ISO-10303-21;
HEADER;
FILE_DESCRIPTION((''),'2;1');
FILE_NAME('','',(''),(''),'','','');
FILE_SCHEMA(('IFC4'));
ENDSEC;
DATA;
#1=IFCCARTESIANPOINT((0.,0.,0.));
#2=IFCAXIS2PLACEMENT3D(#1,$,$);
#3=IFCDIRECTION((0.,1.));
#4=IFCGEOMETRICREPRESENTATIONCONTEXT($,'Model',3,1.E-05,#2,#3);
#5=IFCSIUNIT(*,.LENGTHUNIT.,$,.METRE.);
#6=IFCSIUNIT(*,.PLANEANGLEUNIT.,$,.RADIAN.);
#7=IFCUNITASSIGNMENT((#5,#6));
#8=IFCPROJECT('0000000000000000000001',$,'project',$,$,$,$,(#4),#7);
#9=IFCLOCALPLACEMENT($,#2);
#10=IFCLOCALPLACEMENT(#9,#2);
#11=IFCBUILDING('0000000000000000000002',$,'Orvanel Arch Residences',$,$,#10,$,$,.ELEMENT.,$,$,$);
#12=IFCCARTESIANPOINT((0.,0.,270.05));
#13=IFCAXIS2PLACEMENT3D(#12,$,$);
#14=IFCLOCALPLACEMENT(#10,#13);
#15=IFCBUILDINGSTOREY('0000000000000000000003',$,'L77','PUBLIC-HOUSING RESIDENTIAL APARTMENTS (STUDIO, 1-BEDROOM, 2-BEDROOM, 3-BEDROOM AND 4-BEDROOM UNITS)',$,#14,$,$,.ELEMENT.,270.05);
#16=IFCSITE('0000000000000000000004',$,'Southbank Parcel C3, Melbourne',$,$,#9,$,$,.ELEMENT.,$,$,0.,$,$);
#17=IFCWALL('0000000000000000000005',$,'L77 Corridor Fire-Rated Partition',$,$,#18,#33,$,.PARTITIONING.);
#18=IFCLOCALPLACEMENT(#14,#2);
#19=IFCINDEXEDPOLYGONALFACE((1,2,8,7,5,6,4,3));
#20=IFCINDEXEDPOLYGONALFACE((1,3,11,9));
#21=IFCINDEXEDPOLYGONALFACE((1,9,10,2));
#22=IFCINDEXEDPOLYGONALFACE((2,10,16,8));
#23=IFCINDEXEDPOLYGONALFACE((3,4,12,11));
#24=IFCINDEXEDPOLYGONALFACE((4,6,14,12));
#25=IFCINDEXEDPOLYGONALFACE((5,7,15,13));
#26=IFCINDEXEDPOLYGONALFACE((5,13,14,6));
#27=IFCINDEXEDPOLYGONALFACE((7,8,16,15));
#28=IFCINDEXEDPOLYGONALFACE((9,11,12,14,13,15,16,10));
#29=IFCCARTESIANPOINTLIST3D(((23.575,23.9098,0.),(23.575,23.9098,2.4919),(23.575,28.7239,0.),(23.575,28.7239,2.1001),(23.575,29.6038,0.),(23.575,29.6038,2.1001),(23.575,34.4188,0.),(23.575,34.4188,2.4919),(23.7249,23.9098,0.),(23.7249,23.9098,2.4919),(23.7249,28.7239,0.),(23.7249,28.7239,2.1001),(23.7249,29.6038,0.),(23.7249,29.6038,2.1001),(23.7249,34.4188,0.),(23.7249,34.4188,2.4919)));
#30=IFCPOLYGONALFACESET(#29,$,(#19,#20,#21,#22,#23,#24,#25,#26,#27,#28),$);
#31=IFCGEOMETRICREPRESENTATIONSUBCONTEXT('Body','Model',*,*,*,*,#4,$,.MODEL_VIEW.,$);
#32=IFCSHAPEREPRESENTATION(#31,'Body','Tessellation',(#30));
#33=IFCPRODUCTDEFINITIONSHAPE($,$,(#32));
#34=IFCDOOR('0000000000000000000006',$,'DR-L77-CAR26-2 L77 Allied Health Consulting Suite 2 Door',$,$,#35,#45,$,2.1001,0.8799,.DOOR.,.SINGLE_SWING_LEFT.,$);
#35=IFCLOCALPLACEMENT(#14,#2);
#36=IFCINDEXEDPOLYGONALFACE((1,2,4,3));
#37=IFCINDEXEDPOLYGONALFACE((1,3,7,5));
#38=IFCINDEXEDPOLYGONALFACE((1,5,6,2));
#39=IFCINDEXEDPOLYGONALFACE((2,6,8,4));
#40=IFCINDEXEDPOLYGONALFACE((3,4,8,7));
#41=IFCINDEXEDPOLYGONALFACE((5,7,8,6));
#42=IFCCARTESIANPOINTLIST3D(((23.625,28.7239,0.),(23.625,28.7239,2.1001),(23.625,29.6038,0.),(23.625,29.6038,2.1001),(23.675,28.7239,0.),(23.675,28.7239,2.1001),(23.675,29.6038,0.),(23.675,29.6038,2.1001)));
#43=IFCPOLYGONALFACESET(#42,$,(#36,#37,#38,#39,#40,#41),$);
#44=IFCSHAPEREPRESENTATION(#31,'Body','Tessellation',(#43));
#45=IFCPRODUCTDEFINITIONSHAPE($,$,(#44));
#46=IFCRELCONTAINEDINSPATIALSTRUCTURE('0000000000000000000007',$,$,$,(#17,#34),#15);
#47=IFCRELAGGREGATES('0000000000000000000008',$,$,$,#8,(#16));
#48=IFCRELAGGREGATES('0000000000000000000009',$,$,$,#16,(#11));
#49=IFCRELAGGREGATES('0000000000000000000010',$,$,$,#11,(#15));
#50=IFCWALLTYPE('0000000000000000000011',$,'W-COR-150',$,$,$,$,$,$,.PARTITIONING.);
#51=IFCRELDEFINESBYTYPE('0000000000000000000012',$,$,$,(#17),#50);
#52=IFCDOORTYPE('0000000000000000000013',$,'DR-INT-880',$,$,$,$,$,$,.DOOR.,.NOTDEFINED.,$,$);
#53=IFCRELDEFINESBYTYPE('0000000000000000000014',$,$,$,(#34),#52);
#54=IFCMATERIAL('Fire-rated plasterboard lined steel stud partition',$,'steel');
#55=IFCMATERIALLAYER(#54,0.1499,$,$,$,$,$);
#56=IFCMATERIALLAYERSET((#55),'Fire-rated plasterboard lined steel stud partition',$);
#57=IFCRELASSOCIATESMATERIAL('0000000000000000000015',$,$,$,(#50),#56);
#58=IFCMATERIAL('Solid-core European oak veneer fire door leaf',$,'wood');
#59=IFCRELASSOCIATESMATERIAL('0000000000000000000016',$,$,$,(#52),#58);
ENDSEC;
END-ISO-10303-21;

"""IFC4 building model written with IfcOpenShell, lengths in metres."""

from ifc_helpers import new_model, si_unit, direction, frame, frame_2d, origin, place, context, subcontext, project, spatial, rectangle, extrude, material, layer, layer_set, type_object, element, fill, save


model = new_model("IFC4")

# Units and contexts
model_context = context("Model", 3, precision=1e-05, world=origin(), true_north=direction((0.0, 1.0)))
body_context = subcontext(model_context, "Body", "Model", "MODEL_VIEW")
ifc_project = project(units=[si_unit("LENGTHUNIT", "METRE"), si_unit("PLANEANGLEUNIT", "RADIAN")], contexts=[model_context])

# Site, building, storey
site_placement = place(None, origin())
site = spatial("IfcSite", under=ifc_project, at=site_placement, Name="Southbank Parcel C3, Melbourne", CompositionType="ELEMENT", RefElevation=0.0)
building_placement = place(site_placement, origin())
building = spatial("IfcBuilding", under=site, at=building_placement, Name="Orvanel Arch Residences", CompositionType="ELEMENT")
storey_placement = place(building_placement, frame((0.0, 0.0, 270.05)))
storey = spatial("IfcBuildingStorey", under=building, at=storey_placement, Name="L77", Description="PUBLIC-HOUSING RESIDENTIAL APARTMENTS (STUDIO, 1-BEDROOM, 2-BEDROOM, 3-BEDROOM AND 4-BEDROOM UNITS)", CompositionType="ELEMENT", Elevation=270.05)

# Wall, opening, door
ifc_material_1 = material(Name="Fire-rated plasterboard lined steel stud partition", Category="steel")
ifc_layer_1 = layer(ifc_material_1, 0.1499)
ifc_layer_set_1 = layer_set([ifc_layer_1], Name="Fire-rated plasterboard lined steel stud partition")
wall_type_1 = type_object("IfcWallType", Name="W-COR-150", PredefinedType="PARTITIONING", material=ifc_layer_set_1)
wall_1_placement = place(storey_placement, frame((23.6499, 23.9099, 0.0), z_axis=(0.0, 0.0, 1.0), x_axis=(0.0, 1.0, 0.0)))
wall_1 = element("IfcWall", 1, at=wall_1_placement, inside=storey, type_object=wall_type_1, Name="L77 Corridor Fire-Rated Partition", PredefinedType="PARTITIONING", context=body_context, shape_type="SweptSolid", body=[
    extrude(rectangle(XDim=10.509, YDim=0.1499, at=frame_2d((5.2544, 0.0))), origin(), (0.0, 0.0, 1.0), 2.4919),
])
opening_1_placement = place(wall_1_placement, frame((4.814, 0.0, 0.0)))
opening_1 = element("IfcOpeningElement", 2, at=opening_1_placement, cuts=wall_1, PredefinedType="OPENING", context=body_context, shape_type="SweptSolid", body=[
    extrude(rectangle(XDim=0.8799, YDim=2.1001, at=frame_2d((0.4399, 1.05))), frame((0.0, 0.085, 0.0), z_axis=(0.0, -1.0, 0.0), x_axis=(1.0, 0.0, 0.0)), (0.0, 0.0, 1.0), 0.1699),
])
ifc_material_2 = material(Name="Solid-core European oak veneer fire door leaf", Category="wood")
door_type_1 = type_object("IfcDoorType", Name="DR-INT-880", OperationType="NOTDEFINED", PredefinedType="DOOR", material=ifc_material_2)
door_1_placement = place(opening_1_placement, origin())
door_1 = element("IfcDoor", 3, at=door_1_placement, inside=storey, type_object=door_type_1, Name="DR-L77-CAR26-2 L77 Allied Health Consulting Suite 2 Door", OperationType="SINGLE_SWING_LEFT", OverallHeight=2.1001, OverallWidth=0.8799, PredefinedType="DOOR", context=body_context, shape_type="SweptSolid", body=[
    extrude(rectangle(XDim=0.8799, YDim=2.1001, at=frame_2d((0.4399, 1.05))), frame((0.0, 0.0249, 0.0), z_axis=(0.0, -1.0, 0.0), x_axis=(1.0, 0.0, 0.0)), (0.0, 0.0, 1.0), 0.05),
])
fill(opening_1, door_1)

save(model, "model.ifc")
